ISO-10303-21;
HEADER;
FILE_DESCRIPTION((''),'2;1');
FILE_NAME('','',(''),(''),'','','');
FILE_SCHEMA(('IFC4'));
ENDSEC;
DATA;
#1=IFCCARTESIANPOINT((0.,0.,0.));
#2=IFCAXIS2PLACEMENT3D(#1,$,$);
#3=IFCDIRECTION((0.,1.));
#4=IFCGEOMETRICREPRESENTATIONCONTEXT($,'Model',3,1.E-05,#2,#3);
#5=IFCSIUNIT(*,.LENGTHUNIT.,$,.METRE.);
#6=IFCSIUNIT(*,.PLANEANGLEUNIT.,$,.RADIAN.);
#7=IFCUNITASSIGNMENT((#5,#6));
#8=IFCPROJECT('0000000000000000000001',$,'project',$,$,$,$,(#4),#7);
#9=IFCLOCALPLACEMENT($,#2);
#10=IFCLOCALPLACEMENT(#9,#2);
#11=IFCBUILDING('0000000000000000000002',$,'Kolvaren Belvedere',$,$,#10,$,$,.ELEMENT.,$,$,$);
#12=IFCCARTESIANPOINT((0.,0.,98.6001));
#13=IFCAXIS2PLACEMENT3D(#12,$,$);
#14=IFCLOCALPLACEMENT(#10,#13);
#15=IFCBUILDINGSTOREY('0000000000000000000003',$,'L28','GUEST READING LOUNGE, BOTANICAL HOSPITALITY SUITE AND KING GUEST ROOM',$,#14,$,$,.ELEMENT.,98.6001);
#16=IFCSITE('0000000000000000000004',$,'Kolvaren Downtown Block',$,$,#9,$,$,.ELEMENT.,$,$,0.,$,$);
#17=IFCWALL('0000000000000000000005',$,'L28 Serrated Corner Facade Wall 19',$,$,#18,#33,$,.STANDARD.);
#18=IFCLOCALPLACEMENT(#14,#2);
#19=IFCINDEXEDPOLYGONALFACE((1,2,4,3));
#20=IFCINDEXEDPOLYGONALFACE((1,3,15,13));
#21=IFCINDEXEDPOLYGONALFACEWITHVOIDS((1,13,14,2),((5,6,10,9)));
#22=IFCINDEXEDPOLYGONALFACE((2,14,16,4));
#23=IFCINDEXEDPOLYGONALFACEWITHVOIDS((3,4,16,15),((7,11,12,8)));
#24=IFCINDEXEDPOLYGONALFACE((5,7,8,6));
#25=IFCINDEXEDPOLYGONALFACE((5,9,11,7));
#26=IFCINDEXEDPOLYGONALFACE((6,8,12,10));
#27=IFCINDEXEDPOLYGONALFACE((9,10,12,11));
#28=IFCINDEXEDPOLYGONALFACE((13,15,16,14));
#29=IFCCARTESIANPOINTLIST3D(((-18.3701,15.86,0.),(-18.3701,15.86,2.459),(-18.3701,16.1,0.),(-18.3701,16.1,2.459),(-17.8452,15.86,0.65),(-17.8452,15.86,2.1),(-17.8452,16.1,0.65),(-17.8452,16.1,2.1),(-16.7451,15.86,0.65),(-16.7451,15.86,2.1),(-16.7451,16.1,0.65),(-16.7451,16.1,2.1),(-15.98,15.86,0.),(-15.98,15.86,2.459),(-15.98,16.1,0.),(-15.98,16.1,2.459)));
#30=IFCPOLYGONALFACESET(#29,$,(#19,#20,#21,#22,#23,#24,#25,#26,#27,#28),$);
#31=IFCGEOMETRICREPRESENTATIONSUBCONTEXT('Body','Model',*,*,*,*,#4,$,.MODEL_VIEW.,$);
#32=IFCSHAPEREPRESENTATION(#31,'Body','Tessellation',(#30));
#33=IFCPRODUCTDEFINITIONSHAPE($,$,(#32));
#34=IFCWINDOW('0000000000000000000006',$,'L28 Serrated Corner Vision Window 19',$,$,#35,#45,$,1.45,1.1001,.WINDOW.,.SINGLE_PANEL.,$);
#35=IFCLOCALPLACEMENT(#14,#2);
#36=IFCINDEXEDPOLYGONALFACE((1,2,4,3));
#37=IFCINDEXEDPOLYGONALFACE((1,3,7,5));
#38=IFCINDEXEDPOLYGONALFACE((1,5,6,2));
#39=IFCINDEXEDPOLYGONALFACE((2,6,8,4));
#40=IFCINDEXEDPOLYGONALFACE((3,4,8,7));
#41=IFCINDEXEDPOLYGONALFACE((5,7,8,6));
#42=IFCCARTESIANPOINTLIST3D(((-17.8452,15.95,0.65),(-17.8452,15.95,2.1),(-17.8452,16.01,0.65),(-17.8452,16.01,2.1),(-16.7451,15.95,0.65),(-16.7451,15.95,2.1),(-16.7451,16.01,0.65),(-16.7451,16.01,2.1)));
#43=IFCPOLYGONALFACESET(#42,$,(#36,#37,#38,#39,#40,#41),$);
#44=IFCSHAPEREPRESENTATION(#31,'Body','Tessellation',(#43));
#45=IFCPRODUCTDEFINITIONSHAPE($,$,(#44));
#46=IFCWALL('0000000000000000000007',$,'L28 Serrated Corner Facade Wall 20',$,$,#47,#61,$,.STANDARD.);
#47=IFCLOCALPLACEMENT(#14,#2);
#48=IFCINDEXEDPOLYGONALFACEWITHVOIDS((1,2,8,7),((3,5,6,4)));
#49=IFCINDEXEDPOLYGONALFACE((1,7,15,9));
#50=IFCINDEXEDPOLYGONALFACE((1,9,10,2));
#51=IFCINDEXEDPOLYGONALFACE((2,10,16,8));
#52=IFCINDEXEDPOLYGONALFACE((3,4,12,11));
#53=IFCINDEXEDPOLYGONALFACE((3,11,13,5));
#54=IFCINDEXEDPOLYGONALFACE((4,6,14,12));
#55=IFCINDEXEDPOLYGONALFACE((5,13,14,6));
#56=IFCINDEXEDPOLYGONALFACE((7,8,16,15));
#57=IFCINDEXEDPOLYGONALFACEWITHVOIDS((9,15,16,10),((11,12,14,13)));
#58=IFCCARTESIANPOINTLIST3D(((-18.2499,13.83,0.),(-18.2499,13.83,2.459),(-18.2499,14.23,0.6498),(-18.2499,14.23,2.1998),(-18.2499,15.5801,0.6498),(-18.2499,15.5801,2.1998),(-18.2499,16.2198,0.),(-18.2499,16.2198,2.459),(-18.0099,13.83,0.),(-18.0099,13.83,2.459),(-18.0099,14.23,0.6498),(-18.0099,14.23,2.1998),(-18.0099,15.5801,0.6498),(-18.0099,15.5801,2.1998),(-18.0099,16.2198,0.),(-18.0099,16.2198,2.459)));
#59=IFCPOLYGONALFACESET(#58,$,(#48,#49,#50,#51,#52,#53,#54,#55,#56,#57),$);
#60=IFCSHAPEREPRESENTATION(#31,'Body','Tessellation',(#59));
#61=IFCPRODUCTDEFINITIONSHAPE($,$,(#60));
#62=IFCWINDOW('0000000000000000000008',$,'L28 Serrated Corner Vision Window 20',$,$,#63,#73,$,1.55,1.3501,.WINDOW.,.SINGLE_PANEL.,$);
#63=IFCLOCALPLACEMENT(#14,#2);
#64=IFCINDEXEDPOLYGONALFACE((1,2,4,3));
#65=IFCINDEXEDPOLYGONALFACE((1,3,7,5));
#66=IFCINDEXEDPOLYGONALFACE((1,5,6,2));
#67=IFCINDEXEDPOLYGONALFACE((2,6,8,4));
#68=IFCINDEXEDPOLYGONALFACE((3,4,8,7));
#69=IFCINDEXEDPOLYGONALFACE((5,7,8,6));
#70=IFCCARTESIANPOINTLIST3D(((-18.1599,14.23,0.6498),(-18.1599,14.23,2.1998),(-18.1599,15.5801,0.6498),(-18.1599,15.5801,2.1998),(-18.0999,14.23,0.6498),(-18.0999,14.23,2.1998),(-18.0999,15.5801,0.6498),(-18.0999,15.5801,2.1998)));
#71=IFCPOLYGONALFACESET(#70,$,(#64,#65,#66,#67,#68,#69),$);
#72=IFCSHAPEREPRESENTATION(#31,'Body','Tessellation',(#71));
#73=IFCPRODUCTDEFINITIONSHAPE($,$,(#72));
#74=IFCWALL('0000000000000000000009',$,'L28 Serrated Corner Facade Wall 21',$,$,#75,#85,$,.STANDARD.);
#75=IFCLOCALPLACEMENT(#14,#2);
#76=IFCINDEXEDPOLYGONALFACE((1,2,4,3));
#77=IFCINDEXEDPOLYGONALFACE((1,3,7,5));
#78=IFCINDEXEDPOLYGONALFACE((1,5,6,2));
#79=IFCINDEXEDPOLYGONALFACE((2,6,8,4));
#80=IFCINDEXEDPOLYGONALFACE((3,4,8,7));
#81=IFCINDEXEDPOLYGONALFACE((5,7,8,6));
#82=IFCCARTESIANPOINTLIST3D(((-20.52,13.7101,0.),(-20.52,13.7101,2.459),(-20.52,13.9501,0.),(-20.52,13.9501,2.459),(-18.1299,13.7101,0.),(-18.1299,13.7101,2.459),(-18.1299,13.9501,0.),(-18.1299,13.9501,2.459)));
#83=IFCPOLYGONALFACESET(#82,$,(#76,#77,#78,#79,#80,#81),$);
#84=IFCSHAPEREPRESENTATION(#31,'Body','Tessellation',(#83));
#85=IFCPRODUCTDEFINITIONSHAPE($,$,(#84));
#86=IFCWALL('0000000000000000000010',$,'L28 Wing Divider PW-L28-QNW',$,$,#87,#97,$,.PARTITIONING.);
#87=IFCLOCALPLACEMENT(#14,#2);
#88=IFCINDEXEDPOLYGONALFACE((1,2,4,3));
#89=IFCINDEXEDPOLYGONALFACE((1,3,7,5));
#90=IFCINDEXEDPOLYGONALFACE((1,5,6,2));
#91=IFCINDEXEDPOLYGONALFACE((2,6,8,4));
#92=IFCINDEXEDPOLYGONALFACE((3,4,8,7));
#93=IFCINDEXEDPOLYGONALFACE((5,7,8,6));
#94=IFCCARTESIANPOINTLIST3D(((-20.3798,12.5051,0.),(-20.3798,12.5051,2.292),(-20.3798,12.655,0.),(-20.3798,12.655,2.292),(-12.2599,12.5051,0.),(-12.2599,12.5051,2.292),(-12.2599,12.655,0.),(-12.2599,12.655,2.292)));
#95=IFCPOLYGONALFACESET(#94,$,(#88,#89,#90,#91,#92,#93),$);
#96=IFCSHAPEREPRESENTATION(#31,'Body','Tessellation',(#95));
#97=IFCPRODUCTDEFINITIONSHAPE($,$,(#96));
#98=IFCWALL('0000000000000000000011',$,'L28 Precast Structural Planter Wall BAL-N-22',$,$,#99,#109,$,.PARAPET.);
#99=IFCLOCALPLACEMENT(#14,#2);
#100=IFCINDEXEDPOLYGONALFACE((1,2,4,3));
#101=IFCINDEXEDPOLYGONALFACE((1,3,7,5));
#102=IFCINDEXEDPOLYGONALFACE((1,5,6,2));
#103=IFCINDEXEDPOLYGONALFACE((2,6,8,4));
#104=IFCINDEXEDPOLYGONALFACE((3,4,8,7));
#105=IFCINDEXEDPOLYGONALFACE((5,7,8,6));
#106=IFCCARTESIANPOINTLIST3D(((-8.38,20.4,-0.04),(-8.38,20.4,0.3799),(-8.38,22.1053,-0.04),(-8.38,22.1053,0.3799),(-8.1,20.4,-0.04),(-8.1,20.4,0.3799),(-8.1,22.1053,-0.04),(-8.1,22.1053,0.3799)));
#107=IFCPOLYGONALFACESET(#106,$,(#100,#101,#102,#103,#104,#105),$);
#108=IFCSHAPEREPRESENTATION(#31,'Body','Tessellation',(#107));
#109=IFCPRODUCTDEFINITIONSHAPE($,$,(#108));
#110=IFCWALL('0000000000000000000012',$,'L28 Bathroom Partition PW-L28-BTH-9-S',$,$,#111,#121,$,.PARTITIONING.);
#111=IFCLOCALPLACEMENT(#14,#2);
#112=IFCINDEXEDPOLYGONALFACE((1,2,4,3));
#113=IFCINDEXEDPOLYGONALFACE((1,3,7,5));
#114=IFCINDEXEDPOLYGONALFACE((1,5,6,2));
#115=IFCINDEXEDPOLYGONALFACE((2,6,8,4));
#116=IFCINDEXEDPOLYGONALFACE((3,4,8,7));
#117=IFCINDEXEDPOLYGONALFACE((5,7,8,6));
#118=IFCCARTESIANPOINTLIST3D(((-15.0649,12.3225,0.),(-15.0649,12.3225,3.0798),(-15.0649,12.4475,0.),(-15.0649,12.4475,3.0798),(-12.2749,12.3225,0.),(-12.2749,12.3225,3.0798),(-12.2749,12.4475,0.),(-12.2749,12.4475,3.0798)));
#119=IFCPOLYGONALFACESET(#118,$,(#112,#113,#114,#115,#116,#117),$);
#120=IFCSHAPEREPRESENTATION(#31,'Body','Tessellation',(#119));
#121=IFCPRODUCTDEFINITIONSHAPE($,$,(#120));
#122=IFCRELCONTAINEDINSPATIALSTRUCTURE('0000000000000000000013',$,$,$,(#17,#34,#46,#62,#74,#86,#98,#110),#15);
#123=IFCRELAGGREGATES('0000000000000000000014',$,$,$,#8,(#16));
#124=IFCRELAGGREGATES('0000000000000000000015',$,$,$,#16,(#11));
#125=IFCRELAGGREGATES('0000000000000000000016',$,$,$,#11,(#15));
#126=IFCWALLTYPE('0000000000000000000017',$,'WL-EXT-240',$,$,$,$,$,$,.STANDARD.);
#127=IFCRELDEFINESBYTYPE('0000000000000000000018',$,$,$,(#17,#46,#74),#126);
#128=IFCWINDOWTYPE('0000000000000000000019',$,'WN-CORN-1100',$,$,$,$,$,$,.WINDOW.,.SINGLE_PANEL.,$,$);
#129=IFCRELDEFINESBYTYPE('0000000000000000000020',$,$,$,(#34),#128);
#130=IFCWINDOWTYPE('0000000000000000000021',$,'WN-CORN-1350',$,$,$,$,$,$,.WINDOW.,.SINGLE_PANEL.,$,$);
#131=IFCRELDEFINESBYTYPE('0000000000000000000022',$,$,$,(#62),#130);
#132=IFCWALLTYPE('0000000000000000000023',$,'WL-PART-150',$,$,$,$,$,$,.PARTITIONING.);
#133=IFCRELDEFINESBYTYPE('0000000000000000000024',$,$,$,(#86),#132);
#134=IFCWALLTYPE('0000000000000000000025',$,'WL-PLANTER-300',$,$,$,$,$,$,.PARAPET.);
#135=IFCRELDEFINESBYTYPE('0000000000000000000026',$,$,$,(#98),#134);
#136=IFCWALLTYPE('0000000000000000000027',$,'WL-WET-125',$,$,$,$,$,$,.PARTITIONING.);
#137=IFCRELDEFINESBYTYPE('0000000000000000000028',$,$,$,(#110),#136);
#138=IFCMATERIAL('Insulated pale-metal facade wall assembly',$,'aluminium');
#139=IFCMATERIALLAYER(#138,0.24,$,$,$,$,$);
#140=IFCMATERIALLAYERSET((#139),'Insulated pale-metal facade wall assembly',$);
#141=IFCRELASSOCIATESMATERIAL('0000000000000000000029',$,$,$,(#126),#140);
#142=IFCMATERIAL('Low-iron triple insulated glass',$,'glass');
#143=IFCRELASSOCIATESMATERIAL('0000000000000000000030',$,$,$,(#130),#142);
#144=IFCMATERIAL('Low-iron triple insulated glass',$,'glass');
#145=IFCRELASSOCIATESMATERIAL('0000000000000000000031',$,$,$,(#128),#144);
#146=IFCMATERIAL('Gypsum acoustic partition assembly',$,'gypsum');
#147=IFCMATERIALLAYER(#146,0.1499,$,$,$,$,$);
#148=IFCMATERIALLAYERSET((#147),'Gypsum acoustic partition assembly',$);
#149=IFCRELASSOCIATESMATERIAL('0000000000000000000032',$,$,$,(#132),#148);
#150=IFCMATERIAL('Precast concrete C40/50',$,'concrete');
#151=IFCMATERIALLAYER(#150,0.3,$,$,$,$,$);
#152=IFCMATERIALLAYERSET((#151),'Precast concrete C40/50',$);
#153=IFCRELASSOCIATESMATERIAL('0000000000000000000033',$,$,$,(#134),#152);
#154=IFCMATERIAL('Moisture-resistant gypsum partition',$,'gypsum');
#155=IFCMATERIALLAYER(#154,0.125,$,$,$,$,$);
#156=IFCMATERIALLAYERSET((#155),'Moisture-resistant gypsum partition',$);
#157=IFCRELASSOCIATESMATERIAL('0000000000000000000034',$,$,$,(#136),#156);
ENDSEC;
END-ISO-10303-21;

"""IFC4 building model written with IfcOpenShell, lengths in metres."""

from ifc_helpers import new_model, si_unit, direction, frame, frame_2d, origin, place, context, subcontext, project, spatial, rectangle, extrude, material, layer, layer_set, type_object, element, fill, save


model = new_model("IFC4")

# Units and contexts
model_context = context("Model", 3, precision=1e-05, world=origin(), true_north=direction((0.0, 1.0)))
body_context = subcontext(model_context, "Body", "Model", "MODEL_VIEW")
ifc_project = project(units=[si_unit("LENGTHUNIT", "METRE"), si_unit("PLANEANGLEUNIT", "RADIAN")], contexts=[model_context])

# Site, building, storey
site_placement = place(None, origin())
site = spatial("IfcSite", under=ifc_project, at=site_placement, Name="Kolvaren Downtown Block", CompositionType="ELEMENT", RefElevation=0.0)
building_placement = place(site_placement, origin())
building = spatial("IfcBuilding", under=site, at=building_placement, Name="Kolvaren Belvedere", CompositionType="ELEMENT")
storey_placement = place(building_placement, frame((0.0, 0.0, 98.6001)))
storey = spatial("IfcBuildingStorey", under=building, at=storey_placement, Name="L28", Description="GUEST READING LOUNGE, BOTANICAL HOSPITALITY SUITE AND KING GUEST ROOM", CompositionType="ELEMENT", Elevation=98.6001)

# Shared definitions
ifc_material_1 = material(Name="Insulated pale-metal facade wall assembly", Category="aluminium")
ifc_layer_1 = layer(ifc_material_1, 0.24)
ifc_layer_set_1 = layer_set([ifc_layer_1], Name="Insulated pale-metal facade wall assembly")
wall_type_1 = type_object("IfcWallType", Name="WL-EXT-240", PredefinedType="STANDARD", material=ifc_layer_set_1)

# Walls, openings, windows
ifc_material_2 = material(Name="Low-iron triple insulated glass", Category="glass")
window_type_1 = type_object("IfcWindowType", Name="WN-CORN-1350", PartitioningType="SINGLE_PANEL", PredefinedType="WINDOW", material=ifc_material_2)
ifc_material_3 = material(Name="Low-iron triple insulated glass", Category="glass")
window_type_2 = type_object("IfcWindowType", Name="WN-CORN-1100", PartitioningType="SINGLE_PANEL", PredefinedType="WINDOW", material=ifc_material_3)
wall_1_placement = place(storey_placement, frame((-18.3701, 15.98, 0.0), z_axis=(0.0, 0.0, 1.0), x_axis=(1.0, 0.0, 0.0)))
wall_1 = element("IfcWall", 1, at=wall_1_placement, inside=storey, type_object=wall_type_1, Name="L28 Serrated Corner Facade Wall 19", PredefinedType="STANDARD", context=body_context, shape_type="SweptSolid", body=[
    extrude(rectangle(XDim=2.3901, YDim=0.24, at=frame_2d((1.1951, 0.0))), origin(), (0.0, 0.0, 1.0), 2.459),
])
opening_1_placement = place(wall_1_placement, frame((0.5249, 0.0, 0.6499)))
opening_1 = element("IfcOpeningElement", 2, at=opening_1_placement, cuts=wall_1, PredefinedType="OPENING", context=body_context, shape_type="SweptSolid", body=[
    extrude(rectangle(XDim=1.1001, YDim=1.45, at=frame_2d((0.55, 0.7251))), frame((0.0, 0.1299, 0.0), z_axis=(0.0, -1.0, 0.0), x_axis=(1.0, 0.0, 0.0)), (0.0, 0.0, 1.0), 0.26),
])
window_1_placement = place(opening_1_placement, origin())
window_1 = element("IfcWindow", 3, at=window_1_placement, inside=storey, type_object=window_type_2, Name="L28 Serrated Corner Vision Window 19", OverallHeight=1.45, OverallWidth=1.1001, PartitioningType="SINGLE_PANEL", PredefinedType="WINDOW", context=body_context, shape_type="SweptSolid", body=[
    extrude(rectangle(XDim=1.1001, YDim=1.45, at=frame_2d((0.55, 0.7251))), frame((0.0, 0.03, 0.0), z_axis=(0.0, -1.0, 0.0), x_axis=(1.0, 0.0, 0.0)), (0.0, 0.0, 1.0), 0.0601),
])
fill(opening_1, window_1)
wall_2_placement = place(storey_placement, frame((-18.1299, 13.8301, 0.0), z_axis=(0.0, 0.0, 1.0), x_axis=(0.0, 1.0, 0.0)))
wall_2 = element("IfcWall", 4, at=wall_2_placement, inside=storey, type_object=wall_type_1, Name="L28 Serrated Corner Facade Wall 20", PredefinedType="STANDARD", context=body_context, shape_type="SweptSolid", body=[
    extrude(rectangle(XDim=2.3899, YDim=0.24, at=frame_2d((1.1948, 0.0))), origin(), (0.0, 0.0, 1.0), 2.459),
])
opening_2_placement = place(wall_2_placement, frame((0.3999, 0.0, 0.6499)))
opening_2 = element("IfcOpeningElement", 5, at=opening_2_placement, cuts=wall_2, PredefinedType="OPENING", context=body_context, shape_type="SweptSolid", body=[
    extrude(rectangle(XDim=1.3501, YDim=1.55, at=frame_2d((0.675, 0.7749))), frame((0.0, 0.1299, 0.0), z_axis=(0.0, -1.0, 0.0), x_axis=(1.0, 0.0, 0.0)), (0.0, 0.0, 1.0), 0.26),
])
window_2_placement = place(opening_2_placement, origin())
window_2 = element("IfcWindow", 6, at=window_2_placement, inside=storey, type_object=window_type_1, Name="L28 Serrated Corner Vision Window 20", OverallHeight=1.55, OverallWidth=1.3501, PartitioningType="SINGLE_PANEL", PredefinedType="WINDOW", context=body_context, shape_type="SweptSolid", body=[
    extrude(rectangle(XDim=1.3501, YDim=1.55, at=frame_2d((0.675, 0.7749))), frame((0.0, 0.03, 0.0), z_axis=(0.0, -1.0, 0.0), x_axis=(1.0, 0.0, 0.0)), (0.0, 0.0, 1.0), 0.0601),
])
fill(opening_2, window_2)

# Walls
wall_3_placement = place(storey_placement, frame((-20.52, 13.8301, 0.0), z_axis=(0.0, 0.0, 1.0), x_axis=(1.0, 0.0, 0.0)))
element("IfcWall", 7, at=wall_3_placement, inside=storey, type_object=wall_type_1, Name="L28 Serrated Corner Facade Wall 21", PredefinedType="STANDARD", context=body_context, shape_type="SweptSolid", body=[
    extrude(rectangle(XDim=2.3901, YDim=0.24, at=frame_2d((1.1951, 0.0))), origin(), (0.0, 0.0, 1.0), 2.459),
])
ifc_material_4 = material(Name="Gypsum acoustic partition assembly", Category="gypsum")
ifc_layer_2 = layer(ifc_material_4, 0.1499)
ifc_layer_set_2 = layer_set([ifc_layer_2], Name="Gypsum acoustic partition assembly")
wall_type_2 = type_object("IfcWallType", Name="WL-PART-150", PredefinedType="PARTITIONING", material=ifc_layer_set_2)
wall_4_placement = place(storey_placement, frame((-20.3799, 12.5801, 0.0), z_axis=(0.0, 0.0, 1.0), x_axis=(1.0, 0.0, 0.0)))
element("IfcWall", 8, at=wall_4_placement, inside=storey, type_object=wall_type_2, Name="L28 Wing Divider PW-L28-QNW", PredefinedType="PARTITIONING", context=body_context, shape_type="SweptSolid", body=[
    extrude(rectangle(XDim=8.1199, YDim=0.1499, at=frame_2d((4.0601, 0.0))), origin(), (0.0, 0.0, 1.0), 2.292),
])
ifc_material_5 = material(Name="Precast concrete C40/50", Category="concrete")
ifc_layer_3 = layer(ifc_material_5, 0.3)
ifc_layer_set_3 = layer_set([ifc_layer_3], Name="Precast concrete C40/50")
wall_type_3 = type_object("IfcWallType", Name="WL-PLANTER-300", PredefinedType="PARAPET", material=ifc_layer_set_3)
wall_5_placement = place(storey_placement, frame((-8.24, 22.1052, -0.04), z_axis=(0.0, 0.0, 1.0), x_axis=(0.0, -1.0, 0.0)))
element("IfcWall", 9, at=wall_5_placement, inside=storey, type_object=wall_type_3, Name="L28 Precast Structural Planter Wall BAL-N-22", PredefinedType="PARAPET", context=body_context, shape_type="SweptSolid", body=[
    extrude(rectangle(XDim=1.7053, YDim=0.28, at=frame_2d((0.8525, 0.0))), origin(), (0.0, 0.0, 1.0), 0.4199),
])
ifc_material_6 = material(Name="Moisture-resistant gypsum partition", Category="gypsum")
ifc_layer_4 = layer(ifc_material_6, 0.125)
ifc_layer_set_4 = layer_set([ifc_layer_4], Name="Moisture-resistant gypsum partition")
wall_type_4 = type_object("IfcWallType", Name="WL-WET-125", PredefinedType="PARTITIONING", material=ifc_layer_set_4)
wall_6_placement = place(storey_placement, frame((-15.0649, 12.385, 0.0), z_axis=(0.0, 0.0, 1.0), x_axis=(1.0, 0.0, 0.0)))
element("IfcWall", 10, at=wall_6_placement, inside=storey, type_object=wall_type_4, Name="L28 Bathroom Partition PW-L28-BTH-9-S", PredefinedType="PARTITIONING", context=body_context, shape_type="SweptSolid", body=[
    extrude(rectangle(XDim=2.79, YDim=0.125, at=frame_2d((1.395, 0.0))), origin(), (0.0, 0.0, 1.0), 3.0798),
])

save(model, "model.ifc")
